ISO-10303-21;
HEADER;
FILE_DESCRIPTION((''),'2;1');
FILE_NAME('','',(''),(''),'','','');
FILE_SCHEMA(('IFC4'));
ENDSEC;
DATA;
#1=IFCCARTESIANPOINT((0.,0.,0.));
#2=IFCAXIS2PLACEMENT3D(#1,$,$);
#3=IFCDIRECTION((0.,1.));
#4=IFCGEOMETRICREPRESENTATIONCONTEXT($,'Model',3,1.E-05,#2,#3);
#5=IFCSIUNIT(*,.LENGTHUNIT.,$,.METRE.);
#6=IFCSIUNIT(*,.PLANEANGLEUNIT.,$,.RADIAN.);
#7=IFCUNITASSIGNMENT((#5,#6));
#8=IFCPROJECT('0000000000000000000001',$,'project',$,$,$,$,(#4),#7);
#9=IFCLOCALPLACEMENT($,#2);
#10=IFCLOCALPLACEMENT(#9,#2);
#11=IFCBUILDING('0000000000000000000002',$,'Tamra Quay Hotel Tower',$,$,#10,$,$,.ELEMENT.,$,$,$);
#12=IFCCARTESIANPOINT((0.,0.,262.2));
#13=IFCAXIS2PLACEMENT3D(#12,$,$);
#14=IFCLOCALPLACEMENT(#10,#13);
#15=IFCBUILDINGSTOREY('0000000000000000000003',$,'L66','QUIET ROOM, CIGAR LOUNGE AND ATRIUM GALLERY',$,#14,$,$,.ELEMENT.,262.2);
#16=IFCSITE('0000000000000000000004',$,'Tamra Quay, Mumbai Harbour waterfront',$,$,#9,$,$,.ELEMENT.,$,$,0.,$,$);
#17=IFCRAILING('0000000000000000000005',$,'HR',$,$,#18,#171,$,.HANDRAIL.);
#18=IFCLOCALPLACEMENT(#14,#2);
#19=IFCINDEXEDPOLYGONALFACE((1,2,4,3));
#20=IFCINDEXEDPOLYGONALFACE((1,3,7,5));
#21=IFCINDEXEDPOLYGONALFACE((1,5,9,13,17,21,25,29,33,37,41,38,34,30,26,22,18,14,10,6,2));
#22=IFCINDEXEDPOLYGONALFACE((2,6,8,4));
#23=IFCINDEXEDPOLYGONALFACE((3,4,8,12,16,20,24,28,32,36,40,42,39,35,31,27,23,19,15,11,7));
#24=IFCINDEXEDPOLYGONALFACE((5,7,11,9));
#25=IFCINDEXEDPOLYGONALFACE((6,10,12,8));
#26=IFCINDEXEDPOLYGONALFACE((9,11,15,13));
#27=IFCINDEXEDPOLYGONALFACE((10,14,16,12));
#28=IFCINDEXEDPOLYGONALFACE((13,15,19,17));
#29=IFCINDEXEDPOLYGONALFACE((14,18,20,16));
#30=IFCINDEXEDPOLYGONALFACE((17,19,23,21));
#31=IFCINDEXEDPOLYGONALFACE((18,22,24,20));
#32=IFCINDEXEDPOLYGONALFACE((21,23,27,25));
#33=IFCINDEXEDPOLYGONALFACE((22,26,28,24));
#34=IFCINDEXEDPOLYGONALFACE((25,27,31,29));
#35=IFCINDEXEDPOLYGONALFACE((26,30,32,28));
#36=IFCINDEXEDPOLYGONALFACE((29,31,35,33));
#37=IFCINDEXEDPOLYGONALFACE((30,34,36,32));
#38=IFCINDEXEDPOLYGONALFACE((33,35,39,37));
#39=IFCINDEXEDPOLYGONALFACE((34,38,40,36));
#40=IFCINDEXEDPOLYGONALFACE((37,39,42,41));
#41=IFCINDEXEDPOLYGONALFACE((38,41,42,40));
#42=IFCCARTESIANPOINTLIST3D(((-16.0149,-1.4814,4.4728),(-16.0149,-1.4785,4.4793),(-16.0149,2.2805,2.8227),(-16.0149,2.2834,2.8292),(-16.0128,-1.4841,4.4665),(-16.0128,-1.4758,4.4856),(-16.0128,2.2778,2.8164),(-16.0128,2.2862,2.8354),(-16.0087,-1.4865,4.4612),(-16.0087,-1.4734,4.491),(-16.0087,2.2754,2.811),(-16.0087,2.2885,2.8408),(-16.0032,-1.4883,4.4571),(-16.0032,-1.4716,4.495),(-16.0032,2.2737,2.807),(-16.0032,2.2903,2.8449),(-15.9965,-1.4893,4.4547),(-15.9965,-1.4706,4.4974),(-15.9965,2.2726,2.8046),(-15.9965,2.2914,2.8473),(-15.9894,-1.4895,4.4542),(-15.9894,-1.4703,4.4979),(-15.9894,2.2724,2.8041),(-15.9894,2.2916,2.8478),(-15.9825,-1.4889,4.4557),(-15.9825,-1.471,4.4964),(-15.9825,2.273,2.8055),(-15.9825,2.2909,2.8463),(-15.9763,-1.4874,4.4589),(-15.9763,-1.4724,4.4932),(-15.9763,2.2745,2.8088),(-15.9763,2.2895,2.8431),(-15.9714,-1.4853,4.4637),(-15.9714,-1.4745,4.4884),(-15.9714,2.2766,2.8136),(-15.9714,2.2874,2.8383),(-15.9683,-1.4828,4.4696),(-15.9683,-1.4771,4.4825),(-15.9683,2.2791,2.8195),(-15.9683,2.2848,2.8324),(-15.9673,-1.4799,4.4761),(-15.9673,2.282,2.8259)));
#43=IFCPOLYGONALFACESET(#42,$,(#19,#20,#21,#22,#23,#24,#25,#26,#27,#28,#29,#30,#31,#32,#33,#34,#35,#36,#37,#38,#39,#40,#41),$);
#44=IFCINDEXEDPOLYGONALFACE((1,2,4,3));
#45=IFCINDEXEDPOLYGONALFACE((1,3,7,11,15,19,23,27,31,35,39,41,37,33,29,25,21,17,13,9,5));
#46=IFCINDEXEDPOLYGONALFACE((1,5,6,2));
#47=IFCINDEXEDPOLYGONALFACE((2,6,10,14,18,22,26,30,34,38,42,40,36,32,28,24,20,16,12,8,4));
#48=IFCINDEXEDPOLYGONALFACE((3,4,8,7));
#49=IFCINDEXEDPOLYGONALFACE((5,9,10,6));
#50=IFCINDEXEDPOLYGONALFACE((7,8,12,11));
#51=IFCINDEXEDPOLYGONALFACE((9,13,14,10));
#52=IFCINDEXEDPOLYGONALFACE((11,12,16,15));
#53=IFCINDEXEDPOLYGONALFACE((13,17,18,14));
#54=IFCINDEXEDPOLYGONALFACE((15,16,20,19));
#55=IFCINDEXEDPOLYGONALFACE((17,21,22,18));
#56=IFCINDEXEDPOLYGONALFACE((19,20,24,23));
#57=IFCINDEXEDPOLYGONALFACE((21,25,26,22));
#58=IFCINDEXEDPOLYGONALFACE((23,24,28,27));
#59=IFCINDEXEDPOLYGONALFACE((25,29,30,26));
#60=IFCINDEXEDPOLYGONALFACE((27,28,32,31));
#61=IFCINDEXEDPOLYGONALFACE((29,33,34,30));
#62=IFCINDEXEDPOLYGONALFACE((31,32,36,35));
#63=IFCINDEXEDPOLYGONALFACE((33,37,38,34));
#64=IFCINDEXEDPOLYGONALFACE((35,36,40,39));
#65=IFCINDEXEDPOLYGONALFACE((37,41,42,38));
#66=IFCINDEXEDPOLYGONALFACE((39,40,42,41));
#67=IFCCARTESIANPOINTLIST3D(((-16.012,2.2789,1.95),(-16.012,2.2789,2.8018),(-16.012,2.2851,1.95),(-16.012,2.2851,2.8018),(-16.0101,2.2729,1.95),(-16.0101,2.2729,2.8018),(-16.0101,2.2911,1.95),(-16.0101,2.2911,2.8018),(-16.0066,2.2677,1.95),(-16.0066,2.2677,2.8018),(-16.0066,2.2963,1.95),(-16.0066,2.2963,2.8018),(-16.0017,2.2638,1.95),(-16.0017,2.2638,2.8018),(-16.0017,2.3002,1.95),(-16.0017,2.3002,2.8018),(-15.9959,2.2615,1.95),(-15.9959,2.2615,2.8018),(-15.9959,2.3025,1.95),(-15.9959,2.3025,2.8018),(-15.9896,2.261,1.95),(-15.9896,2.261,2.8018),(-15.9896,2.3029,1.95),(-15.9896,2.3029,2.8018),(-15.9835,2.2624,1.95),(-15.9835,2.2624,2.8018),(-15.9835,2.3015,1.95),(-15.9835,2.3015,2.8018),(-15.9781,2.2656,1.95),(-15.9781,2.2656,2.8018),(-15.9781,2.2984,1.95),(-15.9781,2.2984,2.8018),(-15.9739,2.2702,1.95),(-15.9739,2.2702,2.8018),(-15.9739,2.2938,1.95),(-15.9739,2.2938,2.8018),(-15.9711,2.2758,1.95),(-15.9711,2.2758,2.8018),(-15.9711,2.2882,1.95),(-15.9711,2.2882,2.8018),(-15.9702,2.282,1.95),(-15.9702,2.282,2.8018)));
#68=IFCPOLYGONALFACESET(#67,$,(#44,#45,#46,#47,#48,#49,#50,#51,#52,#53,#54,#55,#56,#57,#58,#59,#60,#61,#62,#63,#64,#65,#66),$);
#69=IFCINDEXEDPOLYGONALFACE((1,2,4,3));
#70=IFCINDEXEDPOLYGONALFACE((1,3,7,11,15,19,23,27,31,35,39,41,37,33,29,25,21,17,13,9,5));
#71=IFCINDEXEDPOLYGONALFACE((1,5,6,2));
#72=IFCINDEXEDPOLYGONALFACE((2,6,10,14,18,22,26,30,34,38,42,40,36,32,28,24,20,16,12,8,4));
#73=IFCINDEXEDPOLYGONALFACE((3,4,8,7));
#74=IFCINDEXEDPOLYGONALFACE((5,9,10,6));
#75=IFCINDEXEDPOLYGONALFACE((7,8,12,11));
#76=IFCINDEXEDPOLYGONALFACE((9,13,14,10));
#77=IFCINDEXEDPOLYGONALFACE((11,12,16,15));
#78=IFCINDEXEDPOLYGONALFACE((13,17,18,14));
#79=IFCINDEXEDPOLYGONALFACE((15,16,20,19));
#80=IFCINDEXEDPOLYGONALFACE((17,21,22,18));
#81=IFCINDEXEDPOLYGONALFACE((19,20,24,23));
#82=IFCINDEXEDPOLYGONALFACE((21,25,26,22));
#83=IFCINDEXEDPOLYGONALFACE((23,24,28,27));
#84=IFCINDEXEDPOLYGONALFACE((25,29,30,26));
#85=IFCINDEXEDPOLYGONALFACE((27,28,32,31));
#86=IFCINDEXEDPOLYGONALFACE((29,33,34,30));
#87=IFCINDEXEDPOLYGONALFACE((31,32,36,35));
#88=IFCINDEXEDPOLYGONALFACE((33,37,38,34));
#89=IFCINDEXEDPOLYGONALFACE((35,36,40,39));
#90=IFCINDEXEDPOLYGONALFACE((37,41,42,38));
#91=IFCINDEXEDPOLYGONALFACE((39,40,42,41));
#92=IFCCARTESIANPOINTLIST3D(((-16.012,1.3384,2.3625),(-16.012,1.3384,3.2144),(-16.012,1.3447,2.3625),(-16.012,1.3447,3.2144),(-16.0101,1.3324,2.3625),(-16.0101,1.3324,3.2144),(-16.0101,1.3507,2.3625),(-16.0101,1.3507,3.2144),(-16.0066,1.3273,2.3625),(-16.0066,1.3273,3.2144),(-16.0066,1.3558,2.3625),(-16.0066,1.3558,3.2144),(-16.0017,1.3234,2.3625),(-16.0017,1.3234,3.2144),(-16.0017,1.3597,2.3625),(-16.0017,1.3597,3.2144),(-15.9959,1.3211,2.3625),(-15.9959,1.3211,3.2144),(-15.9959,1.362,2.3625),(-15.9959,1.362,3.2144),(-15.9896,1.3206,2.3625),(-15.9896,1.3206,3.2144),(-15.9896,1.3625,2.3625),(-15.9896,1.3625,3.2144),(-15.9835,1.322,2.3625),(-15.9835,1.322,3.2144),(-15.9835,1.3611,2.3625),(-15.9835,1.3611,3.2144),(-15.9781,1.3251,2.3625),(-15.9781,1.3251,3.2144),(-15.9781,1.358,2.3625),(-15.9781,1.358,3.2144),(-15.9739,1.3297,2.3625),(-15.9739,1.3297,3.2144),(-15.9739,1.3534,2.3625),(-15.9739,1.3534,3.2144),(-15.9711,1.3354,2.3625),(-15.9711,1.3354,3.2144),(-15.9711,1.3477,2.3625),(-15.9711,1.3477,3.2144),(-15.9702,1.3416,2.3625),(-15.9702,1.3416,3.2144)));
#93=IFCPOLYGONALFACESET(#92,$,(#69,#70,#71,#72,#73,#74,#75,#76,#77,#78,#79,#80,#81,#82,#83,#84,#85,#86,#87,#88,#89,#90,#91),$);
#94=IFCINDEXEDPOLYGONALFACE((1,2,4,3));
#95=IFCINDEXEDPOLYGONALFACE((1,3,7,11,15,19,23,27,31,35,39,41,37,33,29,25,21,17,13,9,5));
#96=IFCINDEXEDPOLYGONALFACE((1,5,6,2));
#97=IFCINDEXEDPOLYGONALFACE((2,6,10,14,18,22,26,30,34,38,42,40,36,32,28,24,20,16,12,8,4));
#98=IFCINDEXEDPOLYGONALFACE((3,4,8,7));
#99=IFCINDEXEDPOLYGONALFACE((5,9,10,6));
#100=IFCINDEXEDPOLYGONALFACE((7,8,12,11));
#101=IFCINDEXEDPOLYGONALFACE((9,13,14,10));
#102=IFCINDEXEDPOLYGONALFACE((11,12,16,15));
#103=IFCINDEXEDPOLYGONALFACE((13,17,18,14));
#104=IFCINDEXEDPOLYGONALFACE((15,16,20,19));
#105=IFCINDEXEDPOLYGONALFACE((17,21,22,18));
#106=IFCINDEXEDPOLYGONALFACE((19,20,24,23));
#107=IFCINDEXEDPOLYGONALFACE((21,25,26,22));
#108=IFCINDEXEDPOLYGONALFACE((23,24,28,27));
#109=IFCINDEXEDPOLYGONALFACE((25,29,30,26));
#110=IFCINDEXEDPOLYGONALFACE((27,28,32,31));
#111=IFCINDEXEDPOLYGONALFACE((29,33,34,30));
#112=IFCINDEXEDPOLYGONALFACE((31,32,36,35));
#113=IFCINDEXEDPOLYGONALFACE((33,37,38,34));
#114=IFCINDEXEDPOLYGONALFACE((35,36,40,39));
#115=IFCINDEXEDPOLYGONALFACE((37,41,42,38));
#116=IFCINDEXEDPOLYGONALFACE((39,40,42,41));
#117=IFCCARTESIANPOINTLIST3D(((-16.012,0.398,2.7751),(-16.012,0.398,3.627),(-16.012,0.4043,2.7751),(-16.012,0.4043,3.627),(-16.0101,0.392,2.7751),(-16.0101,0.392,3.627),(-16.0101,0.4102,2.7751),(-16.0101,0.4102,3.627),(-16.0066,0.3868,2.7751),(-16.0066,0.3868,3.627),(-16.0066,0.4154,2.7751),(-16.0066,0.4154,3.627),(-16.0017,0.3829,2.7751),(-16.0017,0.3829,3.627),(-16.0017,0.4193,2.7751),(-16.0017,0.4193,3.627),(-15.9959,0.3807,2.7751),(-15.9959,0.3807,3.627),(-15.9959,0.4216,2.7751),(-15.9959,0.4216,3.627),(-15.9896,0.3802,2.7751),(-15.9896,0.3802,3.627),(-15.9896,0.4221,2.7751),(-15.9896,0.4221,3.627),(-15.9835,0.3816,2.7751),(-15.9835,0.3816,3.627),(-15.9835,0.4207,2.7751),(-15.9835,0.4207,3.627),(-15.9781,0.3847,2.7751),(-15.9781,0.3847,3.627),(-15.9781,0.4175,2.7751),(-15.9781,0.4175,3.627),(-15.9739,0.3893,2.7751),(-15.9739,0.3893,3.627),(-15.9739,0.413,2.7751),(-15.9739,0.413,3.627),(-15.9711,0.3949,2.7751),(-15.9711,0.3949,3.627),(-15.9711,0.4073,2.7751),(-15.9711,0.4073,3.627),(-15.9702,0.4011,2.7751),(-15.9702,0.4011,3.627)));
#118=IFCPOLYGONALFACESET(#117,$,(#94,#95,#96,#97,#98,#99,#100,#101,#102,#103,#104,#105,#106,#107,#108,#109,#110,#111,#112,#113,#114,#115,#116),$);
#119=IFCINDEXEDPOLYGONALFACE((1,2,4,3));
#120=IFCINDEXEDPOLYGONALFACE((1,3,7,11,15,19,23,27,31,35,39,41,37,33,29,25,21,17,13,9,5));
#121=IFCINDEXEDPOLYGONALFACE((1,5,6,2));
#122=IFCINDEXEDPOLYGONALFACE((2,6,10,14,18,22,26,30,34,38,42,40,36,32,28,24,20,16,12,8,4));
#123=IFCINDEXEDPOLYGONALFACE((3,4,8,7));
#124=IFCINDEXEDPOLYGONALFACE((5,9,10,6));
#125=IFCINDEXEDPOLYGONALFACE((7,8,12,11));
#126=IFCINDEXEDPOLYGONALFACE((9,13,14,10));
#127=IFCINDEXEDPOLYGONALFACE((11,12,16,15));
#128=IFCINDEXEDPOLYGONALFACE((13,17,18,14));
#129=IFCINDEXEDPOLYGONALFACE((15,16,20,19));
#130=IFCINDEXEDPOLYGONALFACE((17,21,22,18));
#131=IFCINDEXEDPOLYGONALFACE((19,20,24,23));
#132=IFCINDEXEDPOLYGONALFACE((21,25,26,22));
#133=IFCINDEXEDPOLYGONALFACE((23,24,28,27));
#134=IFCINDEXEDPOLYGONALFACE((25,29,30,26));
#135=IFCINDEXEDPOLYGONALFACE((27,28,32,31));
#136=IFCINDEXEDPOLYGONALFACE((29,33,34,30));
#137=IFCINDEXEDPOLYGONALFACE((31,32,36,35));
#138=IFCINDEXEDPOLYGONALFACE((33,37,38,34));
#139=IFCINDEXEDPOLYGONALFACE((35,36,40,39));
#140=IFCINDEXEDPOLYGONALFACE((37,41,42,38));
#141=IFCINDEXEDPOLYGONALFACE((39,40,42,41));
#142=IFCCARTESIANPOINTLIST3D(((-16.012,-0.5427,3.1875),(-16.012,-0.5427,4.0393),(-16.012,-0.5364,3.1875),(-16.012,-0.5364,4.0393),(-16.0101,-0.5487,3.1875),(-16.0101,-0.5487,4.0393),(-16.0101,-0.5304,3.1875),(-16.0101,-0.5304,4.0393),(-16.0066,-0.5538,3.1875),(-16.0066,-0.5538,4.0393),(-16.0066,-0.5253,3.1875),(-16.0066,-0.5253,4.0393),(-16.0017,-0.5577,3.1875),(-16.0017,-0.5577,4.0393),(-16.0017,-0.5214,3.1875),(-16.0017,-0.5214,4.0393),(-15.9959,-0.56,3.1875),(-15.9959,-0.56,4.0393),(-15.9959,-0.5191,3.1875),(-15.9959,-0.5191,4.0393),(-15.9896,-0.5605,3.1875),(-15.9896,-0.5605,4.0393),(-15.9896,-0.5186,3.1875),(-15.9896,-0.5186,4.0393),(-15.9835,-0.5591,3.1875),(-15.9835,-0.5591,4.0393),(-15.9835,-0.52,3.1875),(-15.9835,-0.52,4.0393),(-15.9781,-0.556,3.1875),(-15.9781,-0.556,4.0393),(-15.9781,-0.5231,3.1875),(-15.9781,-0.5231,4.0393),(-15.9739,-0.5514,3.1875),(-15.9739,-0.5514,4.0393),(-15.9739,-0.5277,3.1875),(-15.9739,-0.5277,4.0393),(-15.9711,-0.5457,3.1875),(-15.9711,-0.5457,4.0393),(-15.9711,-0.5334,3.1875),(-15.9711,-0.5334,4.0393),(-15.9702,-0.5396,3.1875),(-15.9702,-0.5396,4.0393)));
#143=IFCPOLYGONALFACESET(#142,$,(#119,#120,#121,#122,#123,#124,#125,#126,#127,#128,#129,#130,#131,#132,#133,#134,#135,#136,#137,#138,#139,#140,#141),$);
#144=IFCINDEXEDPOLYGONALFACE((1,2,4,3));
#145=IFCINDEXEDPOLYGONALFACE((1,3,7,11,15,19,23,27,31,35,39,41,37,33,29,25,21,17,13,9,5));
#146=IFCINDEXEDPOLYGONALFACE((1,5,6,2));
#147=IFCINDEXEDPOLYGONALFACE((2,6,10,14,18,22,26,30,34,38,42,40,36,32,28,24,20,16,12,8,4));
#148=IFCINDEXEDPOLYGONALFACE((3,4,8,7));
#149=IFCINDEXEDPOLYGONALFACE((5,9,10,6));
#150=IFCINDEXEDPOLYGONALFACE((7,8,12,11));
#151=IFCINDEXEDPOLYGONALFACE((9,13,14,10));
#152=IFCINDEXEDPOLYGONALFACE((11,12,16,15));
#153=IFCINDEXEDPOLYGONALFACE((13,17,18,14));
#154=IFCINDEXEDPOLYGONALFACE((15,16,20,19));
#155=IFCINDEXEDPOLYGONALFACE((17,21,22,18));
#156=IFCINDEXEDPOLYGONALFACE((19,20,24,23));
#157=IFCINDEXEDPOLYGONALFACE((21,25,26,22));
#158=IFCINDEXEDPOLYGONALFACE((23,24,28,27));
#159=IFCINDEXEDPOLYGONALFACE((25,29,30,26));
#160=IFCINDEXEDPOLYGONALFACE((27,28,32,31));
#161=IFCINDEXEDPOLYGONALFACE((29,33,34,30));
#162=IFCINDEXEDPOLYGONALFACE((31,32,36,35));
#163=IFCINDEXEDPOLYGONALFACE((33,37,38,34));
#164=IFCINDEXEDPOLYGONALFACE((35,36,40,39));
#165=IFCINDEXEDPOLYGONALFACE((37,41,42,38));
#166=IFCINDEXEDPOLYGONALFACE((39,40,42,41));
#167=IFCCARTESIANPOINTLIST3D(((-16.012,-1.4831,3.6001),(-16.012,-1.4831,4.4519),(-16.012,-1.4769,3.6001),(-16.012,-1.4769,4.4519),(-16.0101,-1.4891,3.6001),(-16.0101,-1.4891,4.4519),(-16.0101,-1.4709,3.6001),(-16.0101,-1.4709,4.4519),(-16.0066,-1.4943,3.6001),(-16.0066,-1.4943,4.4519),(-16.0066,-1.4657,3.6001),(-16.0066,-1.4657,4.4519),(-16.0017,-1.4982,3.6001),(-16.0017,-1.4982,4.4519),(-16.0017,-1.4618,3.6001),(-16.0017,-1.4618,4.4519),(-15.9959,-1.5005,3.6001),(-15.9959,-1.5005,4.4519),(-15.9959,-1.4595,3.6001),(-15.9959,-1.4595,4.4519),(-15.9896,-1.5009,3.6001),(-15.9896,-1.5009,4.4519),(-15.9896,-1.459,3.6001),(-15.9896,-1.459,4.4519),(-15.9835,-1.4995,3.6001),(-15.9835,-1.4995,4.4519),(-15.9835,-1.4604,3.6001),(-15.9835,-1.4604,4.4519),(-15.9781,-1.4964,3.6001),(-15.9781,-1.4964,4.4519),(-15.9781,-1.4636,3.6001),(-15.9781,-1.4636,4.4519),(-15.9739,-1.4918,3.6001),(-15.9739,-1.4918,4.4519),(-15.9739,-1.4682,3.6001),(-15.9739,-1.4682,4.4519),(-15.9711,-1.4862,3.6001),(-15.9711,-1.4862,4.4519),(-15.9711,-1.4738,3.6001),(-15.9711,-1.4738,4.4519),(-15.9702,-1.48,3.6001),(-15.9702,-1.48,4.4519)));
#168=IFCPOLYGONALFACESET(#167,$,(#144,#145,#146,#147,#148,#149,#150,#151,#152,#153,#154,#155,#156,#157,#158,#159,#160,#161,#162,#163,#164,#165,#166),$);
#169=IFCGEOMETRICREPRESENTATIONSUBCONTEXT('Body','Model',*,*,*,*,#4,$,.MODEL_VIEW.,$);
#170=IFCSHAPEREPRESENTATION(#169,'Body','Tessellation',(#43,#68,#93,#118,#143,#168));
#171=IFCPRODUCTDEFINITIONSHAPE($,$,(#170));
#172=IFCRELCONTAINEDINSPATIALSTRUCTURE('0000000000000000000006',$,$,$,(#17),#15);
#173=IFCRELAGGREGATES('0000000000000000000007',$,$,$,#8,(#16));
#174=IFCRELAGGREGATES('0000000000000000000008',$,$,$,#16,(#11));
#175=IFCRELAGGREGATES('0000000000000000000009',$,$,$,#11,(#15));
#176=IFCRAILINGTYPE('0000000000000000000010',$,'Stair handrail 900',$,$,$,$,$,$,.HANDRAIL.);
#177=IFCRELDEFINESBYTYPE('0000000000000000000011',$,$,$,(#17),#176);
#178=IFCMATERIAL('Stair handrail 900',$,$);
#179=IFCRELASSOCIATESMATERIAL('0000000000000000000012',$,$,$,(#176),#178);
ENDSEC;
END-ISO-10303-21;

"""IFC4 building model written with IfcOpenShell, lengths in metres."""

from ifc_helpers import new_model, si_unit, direction, frame, origin, origin_2d, place, context, subcontext, project, spatial, circle, extrude, material, type_object, element, save


model = new_model("IFC4")

# Units and contexts
model_context = context("Model", 3, precision=1e-05, world=origin(), true_north=direction((0.0, 1.0)))
body_context = subcontext(model_context, "Body", "Model", "MODEL_VIEW")
ifc_project = project(units=[si_unit("LENGTHUNIT", "METRE"), si_unit("PLANEANGLEUNIT", "RADIAN")], contexts=[model_context])

# Site, building, storey
site_placement = place(None, origin())
site = spatial("IfcSite", under=ifc_project, at=site_placement, Name="Tamra Quay, Mumbai Harbour waterfront", CompositionType="ELEMENT", RefElevation=0.0)
building_placement = place(site_placement, origin())
building = spatial("IfcBuilding", under=site, at=building_placement, Name="Tamra Quay Hotel Tower", CompositionType="ELEMENT")
storey_placement = place(building_placement, frame((0.0, 0.0, 262.2)))
storey = spatial("IfcBuildingStorey", under=building, at=storey_placement, Name="L66", Description="QUIET ROOM, CIGAR LOUNGE AND ATRIUM GALLERY", CompositionType="ELEMENT", Elevation=262.2)

# Railing
ifc_material_1 = material(Name="Stair handrail 900")
railing_type = type_object("IfcRailingType", Name="Stair handrail 900", PredefinedType="HANDRAIL", material=ifc_material_1)
railing_placement = place(storey_placement, frame((-15.9912, 2.282, 1.95)))
element("IfcRailing", 1, at=railing_placement, inside=storey, type_object=railing_type, Name="HR", PredefinedType="HANDRAIL", context=body_context, shape_type="SweptSolid", body=[
    extrude(circle(Radius=0.0239, at=origin_2d()), frame((0.0, 0.0, 0.876), z_axis=(0.0, -0.915774, 0.401695), x_axis=(1.0, 0.0, 0.0)), (0.0, 0.0, 1.0), 4.1079),
    extrude(circle(Radius=0.021, at=origin_2d()), origin(), (0.0, 0.0, 1.0), 0.8518),
    extrude(circle(Radius=0.021, at=origin_2d()), frame((0.0, -0.9404, 0.4126)), (0.0, 0.0, 1.0), 0.8518),
    extrude(circle(Radius=0.021, at=origin_2d()), frame((0.0, -1.8809, 0.8252)), (0.0, 0.0, 1.0), 0.8518),
    extrude(circle(Radius=0.021, at=origin_2d()), frame((0.0, -2.8215, 1.2375)), (0.0, 0.0, 1.0), 0.8518),
    extrude(circle(Radius=0.021, at=origin_2d()), frame((0.0, -3.762, 1.6501)), (0.0, 0.0, 1.0), 0.8518),
])

save(model, "model.ifc")
